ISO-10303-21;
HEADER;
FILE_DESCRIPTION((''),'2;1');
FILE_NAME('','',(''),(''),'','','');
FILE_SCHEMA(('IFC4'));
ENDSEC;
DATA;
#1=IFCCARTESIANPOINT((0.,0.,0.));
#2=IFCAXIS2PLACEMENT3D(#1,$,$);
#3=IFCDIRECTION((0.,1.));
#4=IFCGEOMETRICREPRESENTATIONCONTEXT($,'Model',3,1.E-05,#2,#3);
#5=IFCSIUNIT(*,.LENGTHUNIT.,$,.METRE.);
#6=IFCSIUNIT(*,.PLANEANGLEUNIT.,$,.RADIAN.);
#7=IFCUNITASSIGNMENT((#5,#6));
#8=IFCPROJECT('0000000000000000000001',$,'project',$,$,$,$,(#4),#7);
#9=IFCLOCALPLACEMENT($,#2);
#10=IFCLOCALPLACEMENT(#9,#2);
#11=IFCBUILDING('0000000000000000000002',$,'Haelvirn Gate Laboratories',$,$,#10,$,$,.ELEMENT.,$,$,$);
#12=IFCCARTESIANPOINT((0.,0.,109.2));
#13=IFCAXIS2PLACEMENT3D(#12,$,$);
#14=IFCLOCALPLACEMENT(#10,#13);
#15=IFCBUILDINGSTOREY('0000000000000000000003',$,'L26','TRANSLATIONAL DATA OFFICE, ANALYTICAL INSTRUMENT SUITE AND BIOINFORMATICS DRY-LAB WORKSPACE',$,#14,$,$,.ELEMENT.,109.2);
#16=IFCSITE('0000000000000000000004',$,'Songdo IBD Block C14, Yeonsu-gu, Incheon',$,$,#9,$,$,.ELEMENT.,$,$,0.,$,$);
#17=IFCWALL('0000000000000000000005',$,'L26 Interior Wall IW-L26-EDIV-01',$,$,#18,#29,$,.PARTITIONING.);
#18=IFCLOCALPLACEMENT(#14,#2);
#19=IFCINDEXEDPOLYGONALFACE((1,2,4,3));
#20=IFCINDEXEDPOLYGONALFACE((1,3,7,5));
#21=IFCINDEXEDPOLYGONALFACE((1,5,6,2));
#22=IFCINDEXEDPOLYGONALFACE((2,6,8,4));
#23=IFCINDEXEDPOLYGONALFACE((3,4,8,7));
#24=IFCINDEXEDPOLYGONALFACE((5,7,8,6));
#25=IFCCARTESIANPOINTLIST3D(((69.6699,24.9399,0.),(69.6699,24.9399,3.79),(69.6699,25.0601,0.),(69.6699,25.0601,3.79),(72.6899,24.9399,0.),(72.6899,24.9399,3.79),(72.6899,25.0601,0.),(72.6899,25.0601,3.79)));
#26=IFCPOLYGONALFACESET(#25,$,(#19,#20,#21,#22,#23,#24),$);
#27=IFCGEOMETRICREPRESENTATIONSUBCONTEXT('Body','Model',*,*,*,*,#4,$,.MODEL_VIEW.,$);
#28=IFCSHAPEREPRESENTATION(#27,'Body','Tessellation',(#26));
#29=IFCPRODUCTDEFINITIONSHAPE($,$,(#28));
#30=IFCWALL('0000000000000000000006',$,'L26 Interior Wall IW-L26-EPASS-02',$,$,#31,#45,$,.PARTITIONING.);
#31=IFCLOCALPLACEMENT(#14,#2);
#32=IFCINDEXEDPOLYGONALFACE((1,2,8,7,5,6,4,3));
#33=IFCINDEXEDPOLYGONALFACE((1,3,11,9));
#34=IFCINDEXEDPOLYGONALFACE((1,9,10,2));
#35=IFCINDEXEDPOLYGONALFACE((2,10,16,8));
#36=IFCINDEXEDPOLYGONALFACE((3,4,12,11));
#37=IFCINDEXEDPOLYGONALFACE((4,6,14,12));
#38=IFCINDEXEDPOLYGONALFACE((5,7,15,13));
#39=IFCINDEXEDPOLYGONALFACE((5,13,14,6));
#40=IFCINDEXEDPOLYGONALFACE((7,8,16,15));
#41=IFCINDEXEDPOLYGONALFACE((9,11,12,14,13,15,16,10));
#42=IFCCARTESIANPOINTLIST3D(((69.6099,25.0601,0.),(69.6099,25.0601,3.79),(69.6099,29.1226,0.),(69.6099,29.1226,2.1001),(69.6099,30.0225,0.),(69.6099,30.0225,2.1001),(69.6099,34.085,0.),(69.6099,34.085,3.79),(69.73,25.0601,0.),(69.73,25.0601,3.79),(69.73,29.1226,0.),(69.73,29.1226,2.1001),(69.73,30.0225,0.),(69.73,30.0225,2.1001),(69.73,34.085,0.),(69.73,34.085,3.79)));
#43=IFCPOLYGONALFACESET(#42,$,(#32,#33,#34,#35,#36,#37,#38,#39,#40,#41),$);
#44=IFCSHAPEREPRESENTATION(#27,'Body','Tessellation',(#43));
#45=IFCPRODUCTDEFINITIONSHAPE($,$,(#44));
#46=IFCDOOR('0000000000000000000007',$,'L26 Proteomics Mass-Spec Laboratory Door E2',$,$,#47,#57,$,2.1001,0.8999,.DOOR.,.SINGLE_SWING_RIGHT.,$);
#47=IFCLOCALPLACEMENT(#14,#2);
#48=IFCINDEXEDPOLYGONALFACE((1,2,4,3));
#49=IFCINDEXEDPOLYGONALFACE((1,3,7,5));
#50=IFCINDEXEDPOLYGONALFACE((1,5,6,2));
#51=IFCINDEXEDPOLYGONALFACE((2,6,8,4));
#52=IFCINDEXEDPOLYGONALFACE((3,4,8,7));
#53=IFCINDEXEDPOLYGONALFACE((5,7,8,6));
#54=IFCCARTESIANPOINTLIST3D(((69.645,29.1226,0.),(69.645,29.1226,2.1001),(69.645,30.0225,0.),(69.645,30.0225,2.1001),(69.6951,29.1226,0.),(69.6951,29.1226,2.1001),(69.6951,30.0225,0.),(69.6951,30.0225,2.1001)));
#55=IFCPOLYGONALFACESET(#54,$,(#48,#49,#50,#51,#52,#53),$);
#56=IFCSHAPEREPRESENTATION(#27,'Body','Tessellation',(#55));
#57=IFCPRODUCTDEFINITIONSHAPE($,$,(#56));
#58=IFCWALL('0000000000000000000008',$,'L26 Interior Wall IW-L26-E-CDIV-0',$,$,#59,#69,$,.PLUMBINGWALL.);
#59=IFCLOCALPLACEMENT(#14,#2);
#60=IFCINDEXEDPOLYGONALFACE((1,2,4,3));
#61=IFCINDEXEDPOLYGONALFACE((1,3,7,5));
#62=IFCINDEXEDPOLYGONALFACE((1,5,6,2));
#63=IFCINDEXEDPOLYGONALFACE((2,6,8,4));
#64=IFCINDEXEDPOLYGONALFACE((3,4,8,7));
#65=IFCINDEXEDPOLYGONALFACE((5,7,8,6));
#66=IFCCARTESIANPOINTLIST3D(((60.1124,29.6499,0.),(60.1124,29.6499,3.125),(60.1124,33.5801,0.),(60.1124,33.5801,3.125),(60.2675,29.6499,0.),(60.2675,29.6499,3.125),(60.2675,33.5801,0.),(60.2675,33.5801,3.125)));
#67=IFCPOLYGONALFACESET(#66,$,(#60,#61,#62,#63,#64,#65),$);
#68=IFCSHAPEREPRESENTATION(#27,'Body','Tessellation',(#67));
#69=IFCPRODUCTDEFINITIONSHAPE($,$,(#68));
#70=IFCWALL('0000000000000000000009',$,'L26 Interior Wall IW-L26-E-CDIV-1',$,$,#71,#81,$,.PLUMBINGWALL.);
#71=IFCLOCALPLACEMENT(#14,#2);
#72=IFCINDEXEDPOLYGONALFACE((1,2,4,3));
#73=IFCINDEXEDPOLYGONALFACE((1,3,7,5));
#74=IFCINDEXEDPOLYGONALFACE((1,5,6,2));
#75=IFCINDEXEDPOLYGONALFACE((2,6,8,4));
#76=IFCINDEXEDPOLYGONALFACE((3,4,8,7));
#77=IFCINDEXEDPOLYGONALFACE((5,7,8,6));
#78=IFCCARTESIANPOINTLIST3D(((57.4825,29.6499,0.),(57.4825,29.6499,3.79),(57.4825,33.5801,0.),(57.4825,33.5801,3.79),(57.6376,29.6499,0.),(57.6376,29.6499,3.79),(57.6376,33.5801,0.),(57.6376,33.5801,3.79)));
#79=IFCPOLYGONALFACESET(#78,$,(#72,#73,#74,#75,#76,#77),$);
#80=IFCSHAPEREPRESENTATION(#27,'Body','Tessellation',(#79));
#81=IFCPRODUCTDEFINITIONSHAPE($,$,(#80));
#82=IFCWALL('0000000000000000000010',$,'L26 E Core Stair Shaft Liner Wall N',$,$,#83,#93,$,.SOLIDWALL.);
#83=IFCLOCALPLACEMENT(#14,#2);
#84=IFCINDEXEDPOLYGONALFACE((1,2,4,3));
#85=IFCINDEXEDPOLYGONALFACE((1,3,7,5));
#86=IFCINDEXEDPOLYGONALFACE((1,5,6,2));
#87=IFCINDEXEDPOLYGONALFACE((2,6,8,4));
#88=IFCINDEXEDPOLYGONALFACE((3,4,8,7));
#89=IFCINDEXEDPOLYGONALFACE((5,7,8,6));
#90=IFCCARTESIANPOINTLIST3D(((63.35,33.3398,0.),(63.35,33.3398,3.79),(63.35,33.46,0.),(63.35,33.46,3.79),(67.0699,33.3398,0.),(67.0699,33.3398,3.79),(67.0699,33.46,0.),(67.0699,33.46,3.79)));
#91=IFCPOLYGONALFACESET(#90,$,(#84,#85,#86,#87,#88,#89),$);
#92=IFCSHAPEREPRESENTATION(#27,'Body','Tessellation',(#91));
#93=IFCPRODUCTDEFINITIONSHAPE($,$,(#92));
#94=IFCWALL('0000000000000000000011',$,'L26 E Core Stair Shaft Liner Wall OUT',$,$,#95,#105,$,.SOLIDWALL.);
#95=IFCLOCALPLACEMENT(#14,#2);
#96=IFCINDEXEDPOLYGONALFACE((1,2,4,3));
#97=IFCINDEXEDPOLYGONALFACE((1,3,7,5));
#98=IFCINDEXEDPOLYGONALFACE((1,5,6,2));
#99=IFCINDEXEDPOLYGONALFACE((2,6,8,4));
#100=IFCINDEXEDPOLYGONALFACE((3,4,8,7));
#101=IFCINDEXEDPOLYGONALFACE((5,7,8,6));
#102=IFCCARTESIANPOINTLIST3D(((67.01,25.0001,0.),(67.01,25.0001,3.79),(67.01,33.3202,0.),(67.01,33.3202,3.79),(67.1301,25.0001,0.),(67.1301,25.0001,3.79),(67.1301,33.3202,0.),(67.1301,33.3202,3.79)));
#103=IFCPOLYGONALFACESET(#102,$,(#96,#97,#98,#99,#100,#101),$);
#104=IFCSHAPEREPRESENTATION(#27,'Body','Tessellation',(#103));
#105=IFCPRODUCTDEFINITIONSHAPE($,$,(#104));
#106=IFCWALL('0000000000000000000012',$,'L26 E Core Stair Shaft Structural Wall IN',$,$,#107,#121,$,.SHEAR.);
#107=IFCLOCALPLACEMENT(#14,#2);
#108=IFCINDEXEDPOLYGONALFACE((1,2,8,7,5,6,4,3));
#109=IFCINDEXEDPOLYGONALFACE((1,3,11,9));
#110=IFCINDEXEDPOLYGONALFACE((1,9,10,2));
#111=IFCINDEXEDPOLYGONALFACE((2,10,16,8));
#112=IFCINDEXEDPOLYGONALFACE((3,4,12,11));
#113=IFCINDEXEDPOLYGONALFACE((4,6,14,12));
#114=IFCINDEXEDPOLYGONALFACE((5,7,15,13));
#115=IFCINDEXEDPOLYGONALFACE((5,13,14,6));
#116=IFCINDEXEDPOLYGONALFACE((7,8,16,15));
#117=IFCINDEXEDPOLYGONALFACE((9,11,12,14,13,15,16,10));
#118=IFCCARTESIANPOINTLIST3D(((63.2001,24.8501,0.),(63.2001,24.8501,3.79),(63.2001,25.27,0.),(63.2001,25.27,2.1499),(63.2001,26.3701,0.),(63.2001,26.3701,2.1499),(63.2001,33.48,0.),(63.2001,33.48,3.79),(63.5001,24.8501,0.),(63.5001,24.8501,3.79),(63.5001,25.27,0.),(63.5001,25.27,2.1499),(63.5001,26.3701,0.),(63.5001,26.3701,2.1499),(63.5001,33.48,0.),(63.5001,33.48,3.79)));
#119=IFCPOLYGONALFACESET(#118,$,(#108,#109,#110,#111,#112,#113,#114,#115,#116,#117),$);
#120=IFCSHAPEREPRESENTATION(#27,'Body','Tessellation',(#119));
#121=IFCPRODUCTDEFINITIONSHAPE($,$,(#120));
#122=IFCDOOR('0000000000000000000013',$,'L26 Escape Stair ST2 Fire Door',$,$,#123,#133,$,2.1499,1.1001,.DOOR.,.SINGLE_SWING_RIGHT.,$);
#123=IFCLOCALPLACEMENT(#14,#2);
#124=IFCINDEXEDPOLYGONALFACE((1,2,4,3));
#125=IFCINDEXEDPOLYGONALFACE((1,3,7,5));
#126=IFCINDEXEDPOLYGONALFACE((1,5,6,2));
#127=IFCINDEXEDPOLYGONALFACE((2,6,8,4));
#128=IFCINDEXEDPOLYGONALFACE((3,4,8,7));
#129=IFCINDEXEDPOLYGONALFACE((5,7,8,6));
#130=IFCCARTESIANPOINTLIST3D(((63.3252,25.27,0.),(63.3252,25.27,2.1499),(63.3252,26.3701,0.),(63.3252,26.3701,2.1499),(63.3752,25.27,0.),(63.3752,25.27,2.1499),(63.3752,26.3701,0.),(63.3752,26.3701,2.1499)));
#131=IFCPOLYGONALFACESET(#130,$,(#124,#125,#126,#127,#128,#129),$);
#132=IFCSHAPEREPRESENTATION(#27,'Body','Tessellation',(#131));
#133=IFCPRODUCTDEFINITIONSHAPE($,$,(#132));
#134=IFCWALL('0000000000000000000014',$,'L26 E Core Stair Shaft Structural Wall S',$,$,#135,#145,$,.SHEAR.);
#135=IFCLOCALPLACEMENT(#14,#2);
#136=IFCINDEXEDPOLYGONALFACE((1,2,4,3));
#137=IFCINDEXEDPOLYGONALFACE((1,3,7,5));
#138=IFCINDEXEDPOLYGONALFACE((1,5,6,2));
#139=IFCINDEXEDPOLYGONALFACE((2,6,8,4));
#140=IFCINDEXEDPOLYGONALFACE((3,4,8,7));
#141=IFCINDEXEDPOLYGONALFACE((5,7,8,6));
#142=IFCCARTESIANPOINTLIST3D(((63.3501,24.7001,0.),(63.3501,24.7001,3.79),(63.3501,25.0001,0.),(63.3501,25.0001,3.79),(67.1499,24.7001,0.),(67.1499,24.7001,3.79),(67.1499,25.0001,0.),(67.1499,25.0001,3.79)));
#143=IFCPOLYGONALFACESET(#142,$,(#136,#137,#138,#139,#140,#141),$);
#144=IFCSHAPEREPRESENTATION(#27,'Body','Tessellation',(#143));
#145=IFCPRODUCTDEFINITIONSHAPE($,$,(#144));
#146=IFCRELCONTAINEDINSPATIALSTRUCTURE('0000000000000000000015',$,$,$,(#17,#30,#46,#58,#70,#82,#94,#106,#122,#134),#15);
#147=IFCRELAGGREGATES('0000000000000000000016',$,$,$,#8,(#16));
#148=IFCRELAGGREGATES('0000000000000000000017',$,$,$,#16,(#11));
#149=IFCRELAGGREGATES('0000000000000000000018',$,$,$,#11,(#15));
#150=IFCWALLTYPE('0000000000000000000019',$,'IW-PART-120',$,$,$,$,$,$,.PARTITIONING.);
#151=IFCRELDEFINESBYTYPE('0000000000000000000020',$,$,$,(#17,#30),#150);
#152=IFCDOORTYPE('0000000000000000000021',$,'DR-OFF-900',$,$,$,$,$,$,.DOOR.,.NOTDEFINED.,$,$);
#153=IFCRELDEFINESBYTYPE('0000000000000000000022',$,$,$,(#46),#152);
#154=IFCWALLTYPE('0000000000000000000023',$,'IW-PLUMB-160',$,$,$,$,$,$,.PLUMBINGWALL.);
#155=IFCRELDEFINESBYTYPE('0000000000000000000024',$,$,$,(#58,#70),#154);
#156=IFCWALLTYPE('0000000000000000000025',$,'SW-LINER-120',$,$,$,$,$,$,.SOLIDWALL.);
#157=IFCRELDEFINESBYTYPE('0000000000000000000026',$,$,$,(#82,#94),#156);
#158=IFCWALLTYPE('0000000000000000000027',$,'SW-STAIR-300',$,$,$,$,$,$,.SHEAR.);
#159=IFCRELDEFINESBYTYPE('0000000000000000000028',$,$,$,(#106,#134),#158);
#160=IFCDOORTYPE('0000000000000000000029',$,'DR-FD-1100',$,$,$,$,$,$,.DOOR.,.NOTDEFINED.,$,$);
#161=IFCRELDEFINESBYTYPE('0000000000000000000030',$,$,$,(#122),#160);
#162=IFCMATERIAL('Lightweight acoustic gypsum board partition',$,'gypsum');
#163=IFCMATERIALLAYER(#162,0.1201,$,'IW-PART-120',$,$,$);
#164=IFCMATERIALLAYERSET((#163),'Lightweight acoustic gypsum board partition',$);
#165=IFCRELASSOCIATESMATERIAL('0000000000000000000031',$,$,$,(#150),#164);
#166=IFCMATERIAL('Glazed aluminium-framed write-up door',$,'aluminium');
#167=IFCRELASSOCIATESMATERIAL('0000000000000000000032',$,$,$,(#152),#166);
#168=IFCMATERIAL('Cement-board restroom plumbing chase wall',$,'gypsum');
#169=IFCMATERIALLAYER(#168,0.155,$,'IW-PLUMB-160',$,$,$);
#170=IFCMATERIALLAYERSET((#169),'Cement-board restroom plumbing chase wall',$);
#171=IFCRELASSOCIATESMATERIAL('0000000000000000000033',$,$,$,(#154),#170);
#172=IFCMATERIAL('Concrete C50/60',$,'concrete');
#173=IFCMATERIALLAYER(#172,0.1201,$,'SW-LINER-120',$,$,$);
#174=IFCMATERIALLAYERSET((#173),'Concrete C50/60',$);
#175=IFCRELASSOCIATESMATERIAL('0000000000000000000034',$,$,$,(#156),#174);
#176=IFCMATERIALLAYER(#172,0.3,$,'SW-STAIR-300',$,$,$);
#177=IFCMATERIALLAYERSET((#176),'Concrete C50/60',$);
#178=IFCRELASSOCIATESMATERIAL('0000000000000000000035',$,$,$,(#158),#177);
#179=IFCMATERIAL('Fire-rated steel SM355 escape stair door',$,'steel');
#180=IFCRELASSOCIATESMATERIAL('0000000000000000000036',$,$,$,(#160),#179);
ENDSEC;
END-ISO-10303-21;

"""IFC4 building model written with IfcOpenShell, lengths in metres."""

from ifc_helpers import new_model, si_unit, direction, frame, frame_2d, origin, place, context, subcontext, project, spatial, rectangle, extrude, source, transform, mapped, material, layer, layer_set, type_object, type_shapes, element, fill, save


model = new_model("IFC4")

# Units and contexts
model_context = context("Model", 3, precision=1e-05, world=origin(), true_north=direction((0.0, 1.0)))
body_context = subcontext(model_context, "Body", "Model", "MODEL_VIEW")
ifc_project = project(units=[si_unit("LENGTHUNIT", "METRE"), si_unit("PLANEANGLEUNIT", "RADIAN")], contexts=[model_context])

# Site, building, storey
site_placement = place(None, origin())
site = spatial("IfcSite", under=ifc_project, at=site_placement, Name="Songdo IBD Block C14, Yeonsu-gu, Incheon", CompositionType="ELEMENT", RefElevation=0.0)
building_placement = place(site_placement, origin())
building = spatial("IfcBuilding", under=site, at=building_placement, Name="Haelvirn Gate Laboratories", CompositionType="ELEMENT")
storey_placement = place(building_placement, frame((0.0, 0.0, 109.2)))
storey = spatial("IfcBuildingStorey", under=building, at=storey_placement, Name="L26", Description="TRANSLATIONAL DATA OFFICE, ANALYTICAL INSTRUMENT SUITE AND BIOINFORMATICS DRY-LAB WORKSPACE", CompositionType="ELEMENT", Elevation=109.2)

# Wall
ifc_material_1 = material(Name="Lightweight acoustic gypsum board partition", Category="gypsum")
ifc_layer_1 = layer(ifc_material_1, 0.1201, Name="IW-PART-120")
ifc_layer_set_1 = layer_set([ifc_layer_1], Name="Lightweight acoustic gypsum board partition")
wall_type_1 = type_object("IfcWallType", Name="IW-PART-120", PredefinedType="PARTITIONING", material=ifc_layer_set_1)
wall_1_placement = place(storey_placement, frame((69.6699, 25.0, 0.0), z_axis=(0.0, 0.0, 1.0), x_axis=(1.0, 0.0, 0.0)))
element("IfcWall", 1, at=wall_1_placement, inside=storey, type_object=wall_type_1, Name="L26 Interior Wall IW-L26-EDIV-01", PredefinedType="PARTITIONING", context=body_context, shape_type="SweptSolid", body=[
    extrude(rectangle(XDim=3.02, YDim=0.1201, at=frame_2d((1.51, 0.0))), origin(), (0.0, 0.0, 1.0), 3.79),
])

# Wall, opening, door
wall_2_placement = place(storey_placement, frame((69.6699, 25.0601, 0.0), z_axis=(0.0, 0.0, 1.0), x_axis=(0.0, 1.0, 0.0)))
wall_2 = element("IfcWall", 2, at=wall_2_placement, inside=storey, type_object=wall_type_1, Name="L26 Interior Wall IW-L26-EPASS-02", PredefinedType="PARTITIONING", context=body_context, shape_type="SweptSolid", body=[
    extrude(rectangle(XDim=9.0249, YDim=0.1201, at=frame_2d((4.5125, 0.0))), origin(), (0.0, 0.0, 1.0), 3.79),
])
opening_1_placement = place(wall_2_placement, frame((4.0625, 0.0, 0.0)))
opening_1 = element("IfcOpeningElement", 3, at=opening_1_placement, cuts=wall_2, PredefinedType="OPENING", context=body_context, shape_type="SweptSolid", body=[
    extrude(rectangle(XDim=0.8999, YDim=2.1001, at=frame_2d((0.45, 1.05))), frame((0.0, 0.0701, 0.0), z_axis=(0.0, -1.0, 0.0), x_axis=(1.0, 0.0, 0.0)), (0.0, 0.0, 1.0), 0.1401),
])
ifc_material_2 = material(Name="Glazed aluminium-framed write-up door", Category="aluminium")
door_type_1 = type_object("IfcDoorType", Name="DR-OFF-900", OperationType="NOTDEFINED", PredefinedType="DOOR", material=ifc_material_2)
shared_shape_1 = source(origin(), body_context, "Body", "SweptSolid", [
    extrude(rectangle(XDim=0.8999, YDim=2.1001, at=frame_2d((0.45, 1.05))), frame((0.0, 0.0249, 0.0), z_axis=(0.0, -1.0, 0.0), x_axis=(1.0, 0.0, 0.0)), (0.0, 0.0, 1.0), 0.05),
])
type_shapes(door_type_1, [shared_shape_1])
door_1_placement = place(opening_1_placement, origin())
door_1 = element("IfcDoor", 4, at=door_1_placement, inside=storey, type_object=door_type_1, Name="L26 Proteomics Mass-Spec Laboratory Door E2", OperationType="SINGLE_SWING_RIGHT", OverallHeight=2.1001, OverallWidth=0.8999, PredefinedType="DOOR", context=body_context, shape_type="MappedRepresentation", body=[
    mapped(shared_shape_1, transform((0.0, 0.0, 0.0), scale=1.0)),
])
fill(opening_1, door_1)

# Walls
ifc_material_3 = material(Name="Cement-board restroom plumbing chase wall", Category="gypsum")
ifc_layer_2 = layer(ifc_material_3, 0.155, Name="IW-PLUMB-160")
ifc_layer_set_2 = layer_set([ifc_layer_2], Name="Cement-board restroom plumbing chase wall")
wall_type_2 = type_object("IfcWallType", Name="IW-PLUMB-160", PredefinedType="PLUMBINGWALL", material=ifc_layer_set_2)
wall_3_placement = place(storey_placement, frame((60.1899, 29.6499, 0.0), z_axis=(0.0, 0.0, 1.0), x_axis=(0.0, 1.0, 0.0)))
element("IfcWall", 5, at=wall_3_placement, inside=storey, type_object=wall_type_2, Name="L26 Interior Wall IW-L26-E-CDIV-0", PredefinedType="PLUMBINGWALL", context=body_context, shape_type="SweptSolid", body=[
    extrude(rectangle(XDim=3.9302, YDim=0.155, at=frame_2d((1.9651, 0.0))), origin(), (0.0, 0.0, 1.0), 3.125),
])
wall_4_placement = place(storey_placement, frame((57.5601, 29.6499, 0.0), z_axis=(0.0, 0.0, 1.0), x_axis=(0.0, 1.0, 0.0)))
element("IfcWall", 6, at=wall_4_placement, inside=storey, type_object=wall_type_2, Name="L26 Interior Wall IW-L26-E-CDIV-1", PredefinedType="PLUMBINGWALL", context=body_context, shape_type="SweptSolid", body=[
    extrude(rectangle(XDim=3.9302, YDim=0.155, at=frame_2d((1.9651, 0.0))), origin(), (0.0, 0.0, 1.0), 3.79),
])
ifc_material_4 = material(Name="Concrete C50/60", Category="concrete")
ifc_layer_3 = layer(ifc_material_4, 0.1201, Name="SW-LINER-120")
ifc_layer_set_3 = layer_set([ifc_layer_3], Name="Concrete C50/60")
wall_type_3 = type_object("IfcWallType", Name="SW-LINER-120", PredefinedType="SOLIDWALL", material=ifc_layer_set_3)
wall_5_placement = place(storey_placement, frame((63.3501, 33.3999, 0.0), z_axis=(0.0, 0.0, 1.0), x_axis=(1.0, 0.0, 0.0)))
element("IfcWall", 7, at=wall_5_placement, inside=storey, type_object=wall_type_3, Name="L26 E Core Stair Shaft Liner Wall N", PredefinedType="SOLIDWALL", context=body_context, shape_type="SweptSolid", body=[
    extrude(rectangle(XDim=3.72, YDim=0.1201, at=frame_2d((1.8599, 0.0))), origin(), (0.0, 0.0, 1.0), 3.79),
])
wall_6_placement = place(storey_placement, frame((67.0701, 25.0, 0.0), z_axis=(0.0, 0.0, 1.0), x_axis=(0.0, 1.0, 0.0)))
element("IfcWall", 8, at=wall_6_placement, inside=storey, type_object=wall_type_3, Name="L26 E Core Stair Shaft Liner Wall OUT", PredefinedType="SOLIDWALL", context=body_context, shape_type="SweptSolid", body=[
    extrude(rectangle(XDim=8.3201, YDim=0.1201, at=frame_2d((4.1602, 0.0))), origin(), (0.0, 0.0, 1.0), 3.79),
])

# Wall, opening, door
ifc_layer_4 = layer(ifc_material_4, 0.3, Name="SW-STAIR-300")
ifc_layer_set_4 = layer_set([ifc_layer_4], Name="Concrete C50/60")
wall_type_4 = type_object("IfcWallType", Name="SW-STAIR-300", PredefinedType="SHEAR", material=ifc_layer_set_4)
wall_7_placement = place(storey_placement, frame((63.3501, 24.8501, 0.0), z_axis=(0.0, 0.0, 1.0), x_axis=(0.0, 1.0, 0.0)))
wall_7 = element("IfcWall", 9, at=wall_7_placement, inside=storey, type_object=wall_type_4, Name="L26 E Core Stair Shaft Structural Wall IN", PredefinedType="SHEAR", context=body_context, shape_type="SweptSolid", body=[
    extrude(rectangle(XDim=8.6299, YDim=0.3, at=frame_2d((4.3149, 0.0))), origin(), (0.0, 0.0, 1.0), 3.79),
])
opening_2_placement = place(wall_7_placement, frame((0.4199, 0.0, 0.0)))
opening_2 = element("IfcOpeningElement", 10, at=opening_2_placement, cuts=wall_7, PredefinedType="OPENING", context=body_context, shape_type="SweptSolid", body=[
    extrude(rectangle(XDim=1.1001, YDim=2.1499, at=frame_2d((0.55, 1.075))), frame((0.0, 0.1602, 0.0), z_axis=(0.0, -1.0, 0.0), x_axis=(1.0, 0.0, 0.0)), (0.0, 0.0, 1.0), 0.3201),
])
ifc_material_5 = material(Name="Fire-rated steel SM355 escape stair door", Category="steel")
door_type_2 = type_object("IfcDoorType", Name="DR-FD-1100", OperationType="NOTDEFINED", PredefinedType="DOOR", material=ifc_material_5)
shared_shape_2 = source(origin(), body_context, "Body", "SweptSolid", [
    extrude(rectangle(XDim=1.1001, YDim=2.1499, at=frame_2d((0.55, 1.075))), frame((0.0, 0.0249, 0.0), z_axis=(0.0, -1.0, 0.0), x_axis=(1.0, 0.0, 0.0)), (0.0, 0.0, 1.0), 0.05),
])
type_shapes(door_type_2, [shared_shape_2])
door_2_placement = place(opening_2_placement, origin())
door_2 = element("IfcDoor", 11, at=door_2_placement, inside=storey, type_object=door_type_2, Name="L26 Escape Stair ST2 Fire Door", OperationType="SINGLE_SWING_RIGHT", OverallHeight=2.1499, OverallWidth=1.1001, PredefinedType="DOOR", context=body_context, shape_type="MappedRepresentation", body=[
    mapped(shared_shape_2, transform((0.0, 0.0, 0.0), scale=1.0)),
])
fill(opening_2, door_2)

# Wall
wall_8_placement = place(storey_placement, frame((63.3501, 24.8501, 0.0), z_axis=(0.0, 0.0, 1.0), x_axis=(1.0, 0.0, 0.0)))
element("IfcWall", 12, at=wall_8_placement, inside=storey, type_object=wall_type_4, Name="L26 E Core Stair Shaft Structural Wall S", PredefinedType="SHEAR", context=body_context, shape_type="SweptSolid", body=[
    extrude(rectangle(XDim=3.7998, YDim=0.3, at=frame_2d((1.8999, 0.0))), origin(), (0.0, 0.0, 1.0), 3.79),
])

save(model, "model.ifc")
